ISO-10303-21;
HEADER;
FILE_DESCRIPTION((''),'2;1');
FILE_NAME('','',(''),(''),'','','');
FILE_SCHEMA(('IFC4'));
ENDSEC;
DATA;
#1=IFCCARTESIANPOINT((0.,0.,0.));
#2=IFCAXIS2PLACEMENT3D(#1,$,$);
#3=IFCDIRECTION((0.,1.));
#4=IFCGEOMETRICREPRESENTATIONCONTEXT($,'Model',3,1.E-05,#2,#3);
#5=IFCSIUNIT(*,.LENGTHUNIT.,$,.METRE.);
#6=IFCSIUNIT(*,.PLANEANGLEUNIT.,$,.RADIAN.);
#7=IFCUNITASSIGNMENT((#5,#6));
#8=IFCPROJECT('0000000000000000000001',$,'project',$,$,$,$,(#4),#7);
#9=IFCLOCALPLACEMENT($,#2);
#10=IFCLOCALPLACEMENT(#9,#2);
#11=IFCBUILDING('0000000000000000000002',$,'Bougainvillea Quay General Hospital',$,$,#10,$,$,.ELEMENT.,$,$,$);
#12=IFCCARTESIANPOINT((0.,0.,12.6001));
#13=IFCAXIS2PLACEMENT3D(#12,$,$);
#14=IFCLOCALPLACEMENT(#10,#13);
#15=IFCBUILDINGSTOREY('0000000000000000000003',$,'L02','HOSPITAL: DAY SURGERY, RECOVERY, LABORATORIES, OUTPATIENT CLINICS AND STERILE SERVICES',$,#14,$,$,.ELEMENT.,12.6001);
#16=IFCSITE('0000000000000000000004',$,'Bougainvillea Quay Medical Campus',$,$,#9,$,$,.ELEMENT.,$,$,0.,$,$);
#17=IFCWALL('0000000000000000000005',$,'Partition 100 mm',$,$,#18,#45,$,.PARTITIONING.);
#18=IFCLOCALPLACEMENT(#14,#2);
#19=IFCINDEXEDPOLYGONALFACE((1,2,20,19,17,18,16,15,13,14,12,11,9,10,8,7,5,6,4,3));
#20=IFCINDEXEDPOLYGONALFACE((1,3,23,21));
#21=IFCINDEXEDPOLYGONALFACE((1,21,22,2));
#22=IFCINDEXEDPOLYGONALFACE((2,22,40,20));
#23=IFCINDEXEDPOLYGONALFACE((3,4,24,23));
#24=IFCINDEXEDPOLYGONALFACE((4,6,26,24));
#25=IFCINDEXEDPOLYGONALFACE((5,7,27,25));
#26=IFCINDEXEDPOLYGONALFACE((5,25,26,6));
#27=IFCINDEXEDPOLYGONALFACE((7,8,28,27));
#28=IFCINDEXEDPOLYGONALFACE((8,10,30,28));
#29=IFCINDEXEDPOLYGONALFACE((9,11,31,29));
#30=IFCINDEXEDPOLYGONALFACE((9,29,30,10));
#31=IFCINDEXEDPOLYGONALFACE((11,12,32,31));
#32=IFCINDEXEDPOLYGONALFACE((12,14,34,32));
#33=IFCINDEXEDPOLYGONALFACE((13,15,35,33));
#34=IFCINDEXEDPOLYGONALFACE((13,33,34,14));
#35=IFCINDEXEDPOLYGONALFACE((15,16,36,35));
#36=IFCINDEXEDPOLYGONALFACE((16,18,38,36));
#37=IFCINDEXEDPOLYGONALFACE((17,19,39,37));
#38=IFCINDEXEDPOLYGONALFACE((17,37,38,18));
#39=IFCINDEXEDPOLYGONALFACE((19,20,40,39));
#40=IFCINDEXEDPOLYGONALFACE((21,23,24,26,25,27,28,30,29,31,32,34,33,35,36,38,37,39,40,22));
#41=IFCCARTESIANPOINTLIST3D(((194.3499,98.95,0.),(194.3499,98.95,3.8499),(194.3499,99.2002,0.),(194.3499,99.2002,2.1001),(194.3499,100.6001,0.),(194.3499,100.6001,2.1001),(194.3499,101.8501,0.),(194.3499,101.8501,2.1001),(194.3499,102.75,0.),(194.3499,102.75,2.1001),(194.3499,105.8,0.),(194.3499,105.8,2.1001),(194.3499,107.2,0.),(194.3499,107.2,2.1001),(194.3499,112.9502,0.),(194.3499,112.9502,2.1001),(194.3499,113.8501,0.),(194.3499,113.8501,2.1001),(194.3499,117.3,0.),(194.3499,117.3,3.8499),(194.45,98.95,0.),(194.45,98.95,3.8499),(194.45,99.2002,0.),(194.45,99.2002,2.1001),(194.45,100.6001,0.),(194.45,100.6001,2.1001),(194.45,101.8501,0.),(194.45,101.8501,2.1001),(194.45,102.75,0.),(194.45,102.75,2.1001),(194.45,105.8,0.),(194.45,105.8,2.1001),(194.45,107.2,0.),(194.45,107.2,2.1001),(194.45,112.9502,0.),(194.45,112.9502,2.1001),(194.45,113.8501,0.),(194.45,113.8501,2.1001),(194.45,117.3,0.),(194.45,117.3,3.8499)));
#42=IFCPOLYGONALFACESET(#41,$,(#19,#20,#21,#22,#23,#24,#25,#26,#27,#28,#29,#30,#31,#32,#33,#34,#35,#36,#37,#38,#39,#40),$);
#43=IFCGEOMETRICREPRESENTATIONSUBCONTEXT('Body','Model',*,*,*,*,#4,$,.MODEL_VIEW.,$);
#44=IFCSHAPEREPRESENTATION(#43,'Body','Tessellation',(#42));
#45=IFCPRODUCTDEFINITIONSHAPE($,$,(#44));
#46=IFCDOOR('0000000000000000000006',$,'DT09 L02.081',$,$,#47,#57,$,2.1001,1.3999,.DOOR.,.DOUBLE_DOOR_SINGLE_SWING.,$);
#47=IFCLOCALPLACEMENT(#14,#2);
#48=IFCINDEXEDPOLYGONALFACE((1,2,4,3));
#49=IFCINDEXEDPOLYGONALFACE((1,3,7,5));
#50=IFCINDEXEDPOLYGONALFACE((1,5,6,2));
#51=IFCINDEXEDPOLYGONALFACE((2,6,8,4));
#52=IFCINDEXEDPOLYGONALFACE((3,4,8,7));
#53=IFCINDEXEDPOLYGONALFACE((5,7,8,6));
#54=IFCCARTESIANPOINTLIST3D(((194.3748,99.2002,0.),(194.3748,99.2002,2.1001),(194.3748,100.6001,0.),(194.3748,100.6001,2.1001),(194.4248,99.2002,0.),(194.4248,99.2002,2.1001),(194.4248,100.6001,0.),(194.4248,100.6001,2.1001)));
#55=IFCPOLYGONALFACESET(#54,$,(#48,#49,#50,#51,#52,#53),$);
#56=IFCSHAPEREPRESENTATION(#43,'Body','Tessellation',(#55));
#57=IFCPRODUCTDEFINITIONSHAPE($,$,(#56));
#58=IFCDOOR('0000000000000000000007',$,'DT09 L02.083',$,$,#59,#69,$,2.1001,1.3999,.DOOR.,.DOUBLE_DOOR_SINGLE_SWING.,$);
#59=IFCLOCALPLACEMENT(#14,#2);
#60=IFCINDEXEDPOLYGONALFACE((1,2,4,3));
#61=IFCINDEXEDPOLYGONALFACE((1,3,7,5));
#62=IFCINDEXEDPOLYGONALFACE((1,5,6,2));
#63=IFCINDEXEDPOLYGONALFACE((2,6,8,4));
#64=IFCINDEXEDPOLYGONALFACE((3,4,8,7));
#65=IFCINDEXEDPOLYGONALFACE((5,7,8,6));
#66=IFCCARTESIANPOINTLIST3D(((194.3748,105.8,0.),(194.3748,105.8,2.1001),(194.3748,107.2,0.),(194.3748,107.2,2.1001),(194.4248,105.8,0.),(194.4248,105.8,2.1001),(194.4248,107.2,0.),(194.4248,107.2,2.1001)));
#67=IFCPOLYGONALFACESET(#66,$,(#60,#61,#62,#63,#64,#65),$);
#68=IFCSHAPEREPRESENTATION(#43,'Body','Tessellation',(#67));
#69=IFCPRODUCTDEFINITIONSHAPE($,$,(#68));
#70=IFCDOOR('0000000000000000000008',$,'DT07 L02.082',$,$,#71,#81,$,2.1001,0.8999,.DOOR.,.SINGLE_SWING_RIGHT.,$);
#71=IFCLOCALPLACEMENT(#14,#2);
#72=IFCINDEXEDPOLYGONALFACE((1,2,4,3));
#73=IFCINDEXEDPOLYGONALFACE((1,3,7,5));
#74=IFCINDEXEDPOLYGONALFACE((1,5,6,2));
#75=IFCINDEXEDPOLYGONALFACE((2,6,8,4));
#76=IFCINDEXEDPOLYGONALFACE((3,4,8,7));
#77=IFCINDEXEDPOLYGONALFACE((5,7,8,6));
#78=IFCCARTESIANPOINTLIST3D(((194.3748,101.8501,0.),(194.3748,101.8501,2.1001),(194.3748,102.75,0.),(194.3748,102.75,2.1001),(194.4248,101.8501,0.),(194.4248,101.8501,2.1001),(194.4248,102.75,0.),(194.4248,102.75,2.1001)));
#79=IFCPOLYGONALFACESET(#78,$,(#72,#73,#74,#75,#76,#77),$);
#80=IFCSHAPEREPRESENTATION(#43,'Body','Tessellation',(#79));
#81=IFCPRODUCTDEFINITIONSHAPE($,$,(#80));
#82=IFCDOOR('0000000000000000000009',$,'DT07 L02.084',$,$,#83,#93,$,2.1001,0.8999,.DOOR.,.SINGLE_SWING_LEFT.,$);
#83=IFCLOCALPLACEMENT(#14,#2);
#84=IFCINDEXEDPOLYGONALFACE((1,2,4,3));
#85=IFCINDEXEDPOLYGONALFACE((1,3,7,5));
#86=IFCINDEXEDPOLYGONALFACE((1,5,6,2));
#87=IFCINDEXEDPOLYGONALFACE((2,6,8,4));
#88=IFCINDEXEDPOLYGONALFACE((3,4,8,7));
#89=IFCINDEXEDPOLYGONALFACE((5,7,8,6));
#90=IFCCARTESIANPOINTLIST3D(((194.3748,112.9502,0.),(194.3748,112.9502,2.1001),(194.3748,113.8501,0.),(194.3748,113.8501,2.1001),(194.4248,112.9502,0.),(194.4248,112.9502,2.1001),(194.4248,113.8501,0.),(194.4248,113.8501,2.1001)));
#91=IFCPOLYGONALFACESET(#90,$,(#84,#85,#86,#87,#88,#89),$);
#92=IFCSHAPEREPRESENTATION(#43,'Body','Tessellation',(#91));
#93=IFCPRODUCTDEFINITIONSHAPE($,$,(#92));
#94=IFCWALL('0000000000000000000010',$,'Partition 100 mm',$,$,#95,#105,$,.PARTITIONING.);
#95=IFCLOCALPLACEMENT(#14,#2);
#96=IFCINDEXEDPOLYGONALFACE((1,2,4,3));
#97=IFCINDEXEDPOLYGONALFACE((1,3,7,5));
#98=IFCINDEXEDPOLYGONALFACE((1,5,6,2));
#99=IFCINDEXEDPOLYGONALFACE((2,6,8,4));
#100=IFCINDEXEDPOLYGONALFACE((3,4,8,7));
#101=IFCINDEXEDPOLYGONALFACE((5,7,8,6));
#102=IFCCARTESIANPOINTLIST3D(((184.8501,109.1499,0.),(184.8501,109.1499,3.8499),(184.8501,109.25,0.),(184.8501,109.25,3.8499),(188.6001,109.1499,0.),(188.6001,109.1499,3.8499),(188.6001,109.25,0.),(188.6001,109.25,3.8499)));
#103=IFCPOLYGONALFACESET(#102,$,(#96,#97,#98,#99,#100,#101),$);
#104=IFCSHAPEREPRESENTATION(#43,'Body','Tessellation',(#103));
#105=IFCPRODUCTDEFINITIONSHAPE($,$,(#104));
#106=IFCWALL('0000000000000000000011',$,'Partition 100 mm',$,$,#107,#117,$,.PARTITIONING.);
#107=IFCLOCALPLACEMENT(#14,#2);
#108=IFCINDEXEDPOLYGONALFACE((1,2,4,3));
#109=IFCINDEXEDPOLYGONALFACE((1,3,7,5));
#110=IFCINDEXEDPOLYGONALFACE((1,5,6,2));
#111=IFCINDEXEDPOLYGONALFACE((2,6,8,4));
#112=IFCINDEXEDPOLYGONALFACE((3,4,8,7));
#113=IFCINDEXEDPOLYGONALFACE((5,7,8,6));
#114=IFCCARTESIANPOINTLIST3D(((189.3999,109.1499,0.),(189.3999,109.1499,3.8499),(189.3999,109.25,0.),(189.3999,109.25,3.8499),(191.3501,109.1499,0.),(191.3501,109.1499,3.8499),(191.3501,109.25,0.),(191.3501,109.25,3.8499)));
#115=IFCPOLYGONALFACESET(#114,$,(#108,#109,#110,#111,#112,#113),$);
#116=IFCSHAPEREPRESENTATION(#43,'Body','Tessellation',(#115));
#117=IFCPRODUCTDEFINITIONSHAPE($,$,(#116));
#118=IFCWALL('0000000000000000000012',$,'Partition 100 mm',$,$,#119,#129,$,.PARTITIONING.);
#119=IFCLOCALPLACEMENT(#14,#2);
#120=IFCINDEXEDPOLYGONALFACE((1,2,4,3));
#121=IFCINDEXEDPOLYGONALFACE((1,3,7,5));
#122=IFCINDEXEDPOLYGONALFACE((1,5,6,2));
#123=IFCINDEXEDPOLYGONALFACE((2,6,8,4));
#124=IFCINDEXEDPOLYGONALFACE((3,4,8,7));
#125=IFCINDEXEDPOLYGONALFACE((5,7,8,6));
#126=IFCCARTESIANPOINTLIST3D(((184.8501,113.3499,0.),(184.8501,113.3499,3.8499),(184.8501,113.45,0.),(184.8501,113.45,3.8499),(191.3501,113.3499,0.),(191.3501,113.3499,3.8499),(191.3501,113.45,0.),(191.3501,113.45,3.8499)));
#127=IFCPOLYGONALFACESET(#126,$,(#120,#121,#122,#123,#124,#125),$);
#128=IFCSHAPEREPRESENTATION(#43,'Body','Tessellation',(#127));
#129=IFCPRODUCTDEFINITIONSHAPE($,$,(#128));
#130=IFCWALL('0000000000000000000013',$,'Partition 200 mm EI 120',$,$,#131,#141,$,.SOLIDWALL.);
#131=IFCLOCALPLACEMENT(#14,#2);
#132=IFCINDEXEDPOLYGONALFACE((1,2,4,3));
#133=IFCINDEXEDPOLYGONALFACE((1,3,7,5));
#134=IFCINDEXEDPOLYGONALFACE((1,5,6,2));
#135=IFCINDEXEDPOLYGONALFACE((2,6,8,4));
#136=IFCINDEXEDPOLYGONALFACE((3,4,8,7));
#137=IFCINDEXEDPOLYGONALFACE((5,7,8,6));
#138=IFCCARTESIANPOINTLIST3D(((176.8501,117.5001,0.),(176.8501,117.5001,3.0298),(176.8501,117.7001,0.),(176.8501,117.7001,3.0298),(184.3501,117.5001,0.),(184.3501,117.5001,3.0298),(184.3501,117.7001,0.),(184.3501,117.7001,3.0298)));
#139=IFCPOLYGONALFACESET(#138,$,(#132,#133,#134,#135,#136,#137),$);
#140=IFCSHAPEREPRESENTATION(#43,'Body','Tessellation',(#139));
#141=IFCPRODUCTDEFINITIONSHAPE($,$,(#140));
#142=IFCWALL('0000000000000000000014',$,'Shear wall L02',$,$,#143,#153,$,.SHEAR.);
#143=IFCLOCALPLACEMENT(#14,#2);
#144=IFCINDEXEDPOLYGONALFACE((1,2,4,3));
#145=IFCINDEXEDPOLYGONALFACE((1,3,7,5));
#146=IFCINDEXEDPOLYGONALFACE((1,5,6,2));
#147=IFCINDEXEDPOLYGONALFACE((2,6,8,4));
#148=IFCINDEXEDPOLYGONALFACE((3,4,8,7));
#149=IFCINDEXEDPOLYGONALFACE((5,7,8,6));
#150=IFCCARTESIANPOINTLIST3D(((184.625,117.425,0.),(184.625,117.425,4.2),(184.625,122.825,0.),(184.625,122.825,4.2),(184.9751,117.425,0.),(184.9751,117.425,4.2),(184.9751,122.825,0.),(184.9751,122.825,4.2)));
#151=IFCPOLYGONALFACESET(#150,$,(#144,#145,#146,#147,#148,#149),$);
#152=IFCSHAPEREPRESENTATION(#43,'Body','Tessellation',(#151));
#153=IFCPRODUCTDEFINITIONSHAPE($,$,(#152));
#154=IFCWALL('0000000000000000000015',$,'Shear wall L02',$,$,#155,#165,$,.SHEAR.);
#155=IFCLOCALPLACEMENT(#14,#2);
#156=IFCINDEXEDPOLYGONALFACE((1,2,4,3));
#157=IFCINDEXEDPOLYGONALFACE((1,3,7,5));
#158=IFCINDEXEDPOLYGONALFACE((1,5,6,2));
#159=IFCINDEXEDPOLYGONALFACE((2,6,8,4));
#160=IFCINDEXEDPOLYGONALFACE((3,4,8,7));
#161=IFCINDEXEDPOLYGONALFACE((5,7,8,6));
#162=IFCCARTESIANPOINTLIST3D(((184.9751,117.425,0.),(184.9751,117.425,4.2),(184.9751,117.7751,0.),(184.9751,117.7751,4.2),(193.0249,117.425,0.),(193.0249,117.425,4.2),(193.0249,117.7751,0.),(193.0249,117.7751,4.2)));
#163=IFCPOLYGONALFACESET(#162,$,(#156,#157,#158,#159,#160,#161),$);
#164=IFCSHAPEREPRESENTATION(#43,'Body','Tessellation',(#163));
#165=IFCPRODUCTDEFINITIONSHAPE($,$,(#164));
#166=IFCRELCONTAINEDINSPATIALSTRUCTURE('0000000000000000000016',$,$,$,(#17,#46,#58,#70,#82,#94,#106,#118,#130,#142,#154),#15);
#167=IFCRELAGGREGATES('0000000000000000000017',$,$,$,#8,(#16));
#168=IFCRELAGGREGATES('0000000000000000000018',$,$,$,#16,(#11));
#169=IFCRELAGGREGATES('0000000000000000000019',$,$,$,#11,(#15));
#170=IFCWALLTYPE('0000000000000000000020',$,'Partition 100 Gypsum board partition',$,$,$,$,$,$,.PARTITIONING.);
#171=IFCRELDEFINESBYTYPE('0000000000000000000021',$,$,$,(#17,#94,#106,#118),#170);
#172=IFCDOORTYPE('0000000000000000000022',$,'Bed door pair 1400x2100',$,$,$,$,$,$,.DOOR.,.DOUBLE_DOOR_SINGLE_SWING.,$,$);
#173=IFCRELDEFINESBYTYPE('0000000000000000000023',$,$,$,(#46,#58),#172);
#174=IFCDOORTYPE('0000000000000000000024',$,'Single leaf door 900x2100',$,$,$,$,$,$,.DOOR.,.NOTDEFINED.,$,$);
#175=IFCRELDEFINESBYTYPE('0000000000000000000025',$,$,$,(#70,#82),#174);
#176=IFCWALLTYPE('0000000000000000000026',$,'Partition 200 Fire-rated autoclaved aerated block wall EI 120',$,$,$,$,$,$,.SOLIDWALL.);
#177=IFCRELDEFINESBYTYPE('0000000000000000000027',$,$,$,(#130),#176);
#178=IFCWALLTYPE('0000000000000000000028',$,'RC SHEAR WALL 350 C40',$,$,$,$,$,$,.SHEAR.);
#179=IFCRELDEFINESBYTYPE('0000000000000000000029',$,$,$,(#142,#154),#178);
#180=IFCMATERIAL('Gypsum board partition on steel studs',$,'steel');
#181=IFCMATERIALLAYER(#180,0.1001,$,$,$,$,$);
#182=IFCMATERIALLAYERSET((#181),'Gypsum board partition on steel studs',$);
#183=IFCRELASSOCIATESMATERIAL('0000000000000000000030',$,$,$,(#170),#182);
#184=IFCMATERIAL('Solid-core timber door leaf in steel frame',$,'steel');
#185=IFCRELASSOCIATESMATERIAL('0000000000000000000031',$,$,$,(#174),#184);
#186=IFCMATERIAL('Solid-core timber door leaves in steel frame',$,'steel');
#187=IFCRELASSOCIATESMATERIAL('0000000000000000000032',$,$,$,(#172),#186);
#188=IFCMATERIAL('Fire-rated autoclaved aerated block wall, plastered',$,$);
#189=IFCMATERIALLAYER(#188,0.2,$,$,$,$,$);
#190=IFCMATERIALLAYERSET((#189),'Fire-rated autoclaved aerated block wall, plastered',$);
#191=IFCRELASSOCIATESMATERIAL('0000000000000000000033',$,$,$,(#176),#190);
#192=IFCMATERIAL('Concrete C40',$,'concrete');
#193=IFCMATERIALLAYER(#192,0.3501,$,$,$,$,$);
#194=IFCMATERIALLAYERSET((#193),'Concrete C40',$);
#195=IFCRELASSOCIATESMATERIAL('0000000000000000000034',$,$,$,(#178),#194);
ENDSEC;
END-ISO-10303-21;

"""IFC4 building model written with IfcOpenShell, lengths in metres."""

from ifc_helpers import new_model, si_unit, direction, frame, frame_2d, origin, place, context, subcontext, project, spatial, rectangle, extrude, material, layer, layer_set, type_object, element, fill, save


model = new_model("IFC4")

# Units and contexts
model_context = context("Model", 3, precision=1e-05, world=origin(), true_north=direction((0.0, 1.0)))
body_context = subcontext(model_context, "Body", "Model", "MODEL_VIEW")
ifc_project = project(units=[si_unit("LENGTHUNIT", "METRE"), si_unit("PLANEANGLEUNIT", "RADIAN")], contexts=[model_context])

# Site, building, storey
site_placement = place(None, origin())
site = spatial("IfcSite", under=ifc_project, at=site_placement, Name="Bougainvillea Quay Medical Campus", CompositionType="ELEMENT", RefElevation=0.0)
building_placement = place(site_placement, origin())
building = spatial("IfcBuilding", under=site, at=building_placement, Name="Bougainvillea Quay General Hospital", CompositionType="ELEMENT")
storey_placement = place(building_placement, frame((0.0, 0.0, 12.6001)))
storey = spatial("IfcBuildingStorey", under=building, at=storey_placement, Name="L02", Description="HOSPITAL: DAY SURGERY, RECOVERY, LABORATORIES, OUTPATIENT CLINICS AND STERILE SERVICES", CompositionType="ELEMENT", Elevation=12.6001)

# Shared definitions
ifc_material_1 = material(Name="Concrete C40", Category="concrete")

# Shared definitions
ifc_material_2 = material(Name="Gypsum board partition on steel studs", Category="steel")
ifc_layer_1 = layer(ifc_material_2, 0.1001)
ifc_layer_set_1 = layer_set([ifc_layer_1], Name="Gypsum board partition on steel studs")
wall_type_1 = type_object("IfcWallType", Name="Partition 100 Gypsum board partition", PredefinedType="PARTITIONING", material=ifc_layer_set_1)
ifc_material_3 = material(Name="Solid-core timber door leaf in steel frame", Category="steel")
door_type_1 = type_object("IfcDoorType", Name="Single leaf door 900x2100", OperationType="NOTDEFINED", PredefinedType="DOOR", material=ifc_material_3)
ifc_material_4 = material(Name="Solid-core timber door leaves in steel frame", Category="steel")
door_type_2 = type_object("IfcDoorType", Name="Bed door pair 1400x2100", OperationType="DOUBLE_DOOR_SINGLE_SWING", PredefinedType="DOOR", material=ifc_material_4)

# Wall, openings, doors
wall_1_placement = place(storey_placement, frame((194.3999, 117.3, 0.0), z_axis=(0.0, 0.0, 1.0), x_axis=(0.0, -1.0, 0.0)))
wall_1 = element("IfcWall", 1, at=wall_1_placement, inside=storey, type_object=wall_type_1, Name="Partition 100 mm", PredefinedType="PARTITIONING", context=body_context, shape_type="SweptSolid", body=[
    extrude(rectangle(XDim=18.3501, YDim=0.1001, at=frame_2d((9.175, 0.0))), origin(), (0.0, 0.0, 1.0), 3.8499),
])
opening_1_placement = place(wall_1_placement, frame((16.7, 0.0, 0.0)))
opening_1 = element("IfcOpeningElement", 2, at=opening_1_placement, cuts=wall_1, PredefinedType="OPENING", context=body_context, shape_type="SweptSolid", body=[
    extrude(rectangle(XDim=1.3999, YDim=2.1001, at=frame_2d((0.7, 1.05))), frame((0.0, 0.0601, 0.0), z_axis=(0.0, -1.0, 0.0), x_axis=(1.0, 0.0, 0.0)), (0.0, 0.0, 1.0), 0.1201),
])
opening_2_placement = place(wall_1_placement, frame((14.55, 0.0, 0.0)))
opening_2 = element("IfcOpeningElement", 3, at=opening_2_placement, cuts=wall_1, PredefinedType="OPENING", context=body_context, shape_type="SweptSolid", body=[
    extrude(rectangle(XDim=0.8999, YDim=2.1001, at=frame_2d((0.45, 1.05))), frame((0.0, 0.0601, 0.0), z_axis=(0.0, -1.0, 0.0), x_axis=(1.0, 0.0, 0.0)), (0.0, 0.0, 1.0), 0.1201),
])
opening_3_placement = place(wall_1_placement, frame((10.1001, 0.0, 0.0)))
opening_3 = element("IfcOpeningElement", 4, at=opening_3_placement, cuts=wall_1, PredefinedType="OPENING", context=body_context, shape_type="SweptSolid", body=[
    extrude(rectangle(XDim=1.3999, YDim=2.1001, at=frame_2d((0.7, 1.05))), frame((0.0, 0.0601, 0.0), z_axis=(0.0, -1.0, 0.0), x_axis=(1.0, 0.0, 0.0)), (0.0, 0.0, 1.0), 0.1201),
])
opening_4_placement = place(wall_1_placement, frame((3.45, 0.0, 0.0)))
opening_4 = element("IfcOpeningElement", 5, at=opening_4_placement, cuts=wall_1, PredefinedType="OPENING", context=body_context, shape_type="SweptSolid", body=[
    extrude(rectangle(XDim=0.8999, YDim=2.1001, at=frame_2d((0.45, 1.05))), frame((0.0, 0.0601, 0.0), z_axis=(0.0, -1.0, 0.0), x_axis=(1.0, 0.0, 0.0)), (0.0, 0.0, 1.0), 0.1201),
])
door_1_placement = place(opening_1_placement, origin())
door_1 = element("IfcDoor", 6, at=door_1_placement, inside=storey, type_object=door_type_2, Name="DT09 L02.081", OperationType="DOUBLE_DOOR_SINGLE_SWING", OverallHeight=2.1001, OverallWidth=1.3999, PredefinedType="DOOR", context=body_context, shape_type="SweptSolid", body=[
    extrude(rectangle(XDim=1.3999, YDim=2.1001, at=frame_2d((0.7, 1.05))), frame((0.0, 0.0249, 0.0), z_axis=(0.0, -1.0, 0.0), x_axis=(1.0, 0.0, 0.0)), (0.0, 0.0, 1.0), 0.05),
])
fill(opening_1, door_1)
door_2_placement = place(opening_3_placement, origin())
door_2 = element("IfcDoor", 7, at=door_2_placement, inside=storey, type_object=door_type_2, Name="DT09 L02.083", OperationType="DOUBLE_DOOR_SINGLE_SWING", OverallHeight=2.1001, OverallWidth=1.3999, PredefinedType="DOOR", context=body_context, shape_type="SweptSolid", body=[
    extrude(rectangle(XDim=1.3999, YDim=2.1001, at=frame_2d((0.7, 1.05))), frame((0.0, 0.0249, 0.0), z_axis=(0.0, -1.0, 0.0), x_axis=(1.0, 0.0, 0.0)), (0.0, 0.0, 1.0), 0.05),
])
fill(opening_3, door_2)
door_3_placement = place(opening_2_placement, origin())
door_3 = element("IfcDoor", 8, at=door_3_placement, inside=storey, type_object=door_type_1, Name="DT07 L02.082", OperationType="SINGLE_SWING_RIGHT", OverallHeight=2.1001, OverallWidth=0.8999, PredefinedType="DOOR", context=body_context, shape_type="SweptSolid", body=[
    extrude(rectangle(XDim=0.8999, YDim=2.1001, at=frame_2d((0.45, 1.05))), frame((0.0, 0.0249, 0.0), z_axis=(0.0, -1.0, 0.0), x_axis=(1.0, 0.0, 0.0)), (0.0, 0.0, 1.0), 0.05),
])
fill(opening_2, door_3)
door_4_placement = place(opening_4_placement, origin())
door_4 = element("IfcDoor", 9, at=door_4_placement, inside=storey, type_object=door_type_1, Name="DT07 L02.084", OperationType="SINGLE_SWING_LEFT", OverallHeight=2.1001, OverallWidth=0.8999, PredefinedType="DOOR", context=body_context, shape_type="SweptSolid", body=[
    extrude(rectangle(XDim=0.8999, YDim=2.1001, at=frame_2d((0.45, 1.05))), frame((0.0, 0.0249, 0.0), z_axis=(0.0, -1.0, 0.0), x_axis=(1.0, 0.0, 0.0)), (0.0, 0.0, 1.0), 0.05),
])
fill(opening_4, door_4)

# Walls
wall_2_placement = place(storey_placement, frame((184.8501, 109.2, 0.0), z_axis=(0.0, 0.0, 1.0), x_axis=(1.0, 0.0, 0.0)))
element("IfcWall", 10, at=wall_2_placement, inside=storey, type_object=wall_type_1, Name="Partition 100 mm", PredefinedType="PARTITIONING", context=body_context, shape_type="SweptSolid", body=[
    extrude(rectangle(XDim=3.75, YDim=0.1001, at=frame_2d((1.875, 0.0))), origin(), (0.0, 0.0, 1.0), 3.8499),
])
wall_3_placement = place(storey_placement, frame((189.3999, 109.2, 0.0), z_axis=(0.0, 0.0, 1.0), x_axis=(1.0, 0.0, 0.0)))
element("IfcWall", 11, at=wall_3_placement, inside=storey, type_object=wall_type_1, Name="Partition 100 mm", PredefinedType="PARTITIONING", context=body_context, shape_type="SweptSolid", body=[
    extrude(rectangle(XDim=1.9502, YDim=0.1001, at=frame_2d((0.9751, 0.0))), origin(), (0.0, 0.0, 1.0), 3.8499),
])
wall_4_placement = place(storey_placement, frame((184.8501, 113.3999, 0.0), z_axis=(0.0, 0.0, 1.0), x_axis=(1.0, 0.0, 0.0)))
element("IfcWall", 12, at=wall_4_placement, inside=storey, type_object=wall_type_1, Name="Partition 100 mm", PredefinedType="PARTITIONING", context=body_context, shape_type="SweptSolid", body=[
    extrude(rectangle(XDim=6.5, YDim=0.1001, at=frame_2d((3.25, 0.0))), origin(), (0.0, 0.0, 1.0), 3.8499),
])
ifc_material_5 = material(Name="Fire-rated autoclaved aerated block wall, plastered")
ifc_layer_2 = layer(ifc_material_5, 0.2)
ifc_layer_set_2 = layer_set([ifc_layer_2], Name="Fire-rated autoclaved aerated block wall, plastered")
wall_type_2 = type_object("IfcWallType", Name="Partition 200 Fire-rated autoclaved aerated block wall EI 120", PredefinedType="SOLIDWALL", material=ifc_layer_set_2)
wall_5_placement = place(storey_placement, frame((184.3501, 117.6001, 0.0), z_axis=(0.0, 0.0, 1.0), x_axis=(-1.0, 0.0, 0.0)))
element("IfcWall", 13, at=wall_5_placement, inside=storey, type_object=wall_type_2, Name="Partition 200 mm EI 120", PredefinedType="SOLIDWALL", context=body_context, shape_type="SweptSolid", body=[
    extrude(rectangle(XDim=7.5, YDim=0.2, at=frame_2d((3.75, 0.0))), origin(), (0.0, 0.0, 1.0), 3.0298),
])
ifc_layer_3 = layer(ifc_material_1, 0.3501)
ifc_layer_set_3 = layer_set([ifc_layer_3], Name="Concrete C40")
wall_type_3 = type_object("IfcWallType", Name="RC SHEAR WALL 350 C40", PredefinedType="SHEAR", material=ifc_layer_set_3)
wall_6_placement = place(storey_placement, frame((184.8, 117.425, 0.0), z_axis=(0.0, 0.0, 1.0), x_axis=(0.0, 1.0, 0.0)))
element("IfcWall", 14, at=wall_6_placement, inside=storey, type_object=wall_type_3, Name="Shear wall L02", PredefinedType="SHEAR", context=body_context, shape_type="SweptSolid", body=[
    extrude(rectangle(XDim=5.3999, YDim=0.3501, at=frame_2d((2.7, 0.0))), origin(), (0.0, 0.0, 1.0), 4.2),
])
wall_7_placement = place(storey_placement, frame((184.9751, 117.6001, 0.0), z_axis=(0.0, 0.0, 1.0), x_axis=(1.0, 0.0, 0.0)))
element("IfcWall", 15, at=wall_7_placement, inside=storey, type_object=wall_type_3, Name="Shear wall L02", PredefinedType="SHEAR", context=body_context, shape_type="SweptSolid", body=[
    extrude(rectangle(XDim=8.0498, YDim=0.3501, at=frame_2d((4.0249, 0.0))), origin(), (0.0, 0.0, 1.0), 4.2),
])

save(model, "model.ifc")
